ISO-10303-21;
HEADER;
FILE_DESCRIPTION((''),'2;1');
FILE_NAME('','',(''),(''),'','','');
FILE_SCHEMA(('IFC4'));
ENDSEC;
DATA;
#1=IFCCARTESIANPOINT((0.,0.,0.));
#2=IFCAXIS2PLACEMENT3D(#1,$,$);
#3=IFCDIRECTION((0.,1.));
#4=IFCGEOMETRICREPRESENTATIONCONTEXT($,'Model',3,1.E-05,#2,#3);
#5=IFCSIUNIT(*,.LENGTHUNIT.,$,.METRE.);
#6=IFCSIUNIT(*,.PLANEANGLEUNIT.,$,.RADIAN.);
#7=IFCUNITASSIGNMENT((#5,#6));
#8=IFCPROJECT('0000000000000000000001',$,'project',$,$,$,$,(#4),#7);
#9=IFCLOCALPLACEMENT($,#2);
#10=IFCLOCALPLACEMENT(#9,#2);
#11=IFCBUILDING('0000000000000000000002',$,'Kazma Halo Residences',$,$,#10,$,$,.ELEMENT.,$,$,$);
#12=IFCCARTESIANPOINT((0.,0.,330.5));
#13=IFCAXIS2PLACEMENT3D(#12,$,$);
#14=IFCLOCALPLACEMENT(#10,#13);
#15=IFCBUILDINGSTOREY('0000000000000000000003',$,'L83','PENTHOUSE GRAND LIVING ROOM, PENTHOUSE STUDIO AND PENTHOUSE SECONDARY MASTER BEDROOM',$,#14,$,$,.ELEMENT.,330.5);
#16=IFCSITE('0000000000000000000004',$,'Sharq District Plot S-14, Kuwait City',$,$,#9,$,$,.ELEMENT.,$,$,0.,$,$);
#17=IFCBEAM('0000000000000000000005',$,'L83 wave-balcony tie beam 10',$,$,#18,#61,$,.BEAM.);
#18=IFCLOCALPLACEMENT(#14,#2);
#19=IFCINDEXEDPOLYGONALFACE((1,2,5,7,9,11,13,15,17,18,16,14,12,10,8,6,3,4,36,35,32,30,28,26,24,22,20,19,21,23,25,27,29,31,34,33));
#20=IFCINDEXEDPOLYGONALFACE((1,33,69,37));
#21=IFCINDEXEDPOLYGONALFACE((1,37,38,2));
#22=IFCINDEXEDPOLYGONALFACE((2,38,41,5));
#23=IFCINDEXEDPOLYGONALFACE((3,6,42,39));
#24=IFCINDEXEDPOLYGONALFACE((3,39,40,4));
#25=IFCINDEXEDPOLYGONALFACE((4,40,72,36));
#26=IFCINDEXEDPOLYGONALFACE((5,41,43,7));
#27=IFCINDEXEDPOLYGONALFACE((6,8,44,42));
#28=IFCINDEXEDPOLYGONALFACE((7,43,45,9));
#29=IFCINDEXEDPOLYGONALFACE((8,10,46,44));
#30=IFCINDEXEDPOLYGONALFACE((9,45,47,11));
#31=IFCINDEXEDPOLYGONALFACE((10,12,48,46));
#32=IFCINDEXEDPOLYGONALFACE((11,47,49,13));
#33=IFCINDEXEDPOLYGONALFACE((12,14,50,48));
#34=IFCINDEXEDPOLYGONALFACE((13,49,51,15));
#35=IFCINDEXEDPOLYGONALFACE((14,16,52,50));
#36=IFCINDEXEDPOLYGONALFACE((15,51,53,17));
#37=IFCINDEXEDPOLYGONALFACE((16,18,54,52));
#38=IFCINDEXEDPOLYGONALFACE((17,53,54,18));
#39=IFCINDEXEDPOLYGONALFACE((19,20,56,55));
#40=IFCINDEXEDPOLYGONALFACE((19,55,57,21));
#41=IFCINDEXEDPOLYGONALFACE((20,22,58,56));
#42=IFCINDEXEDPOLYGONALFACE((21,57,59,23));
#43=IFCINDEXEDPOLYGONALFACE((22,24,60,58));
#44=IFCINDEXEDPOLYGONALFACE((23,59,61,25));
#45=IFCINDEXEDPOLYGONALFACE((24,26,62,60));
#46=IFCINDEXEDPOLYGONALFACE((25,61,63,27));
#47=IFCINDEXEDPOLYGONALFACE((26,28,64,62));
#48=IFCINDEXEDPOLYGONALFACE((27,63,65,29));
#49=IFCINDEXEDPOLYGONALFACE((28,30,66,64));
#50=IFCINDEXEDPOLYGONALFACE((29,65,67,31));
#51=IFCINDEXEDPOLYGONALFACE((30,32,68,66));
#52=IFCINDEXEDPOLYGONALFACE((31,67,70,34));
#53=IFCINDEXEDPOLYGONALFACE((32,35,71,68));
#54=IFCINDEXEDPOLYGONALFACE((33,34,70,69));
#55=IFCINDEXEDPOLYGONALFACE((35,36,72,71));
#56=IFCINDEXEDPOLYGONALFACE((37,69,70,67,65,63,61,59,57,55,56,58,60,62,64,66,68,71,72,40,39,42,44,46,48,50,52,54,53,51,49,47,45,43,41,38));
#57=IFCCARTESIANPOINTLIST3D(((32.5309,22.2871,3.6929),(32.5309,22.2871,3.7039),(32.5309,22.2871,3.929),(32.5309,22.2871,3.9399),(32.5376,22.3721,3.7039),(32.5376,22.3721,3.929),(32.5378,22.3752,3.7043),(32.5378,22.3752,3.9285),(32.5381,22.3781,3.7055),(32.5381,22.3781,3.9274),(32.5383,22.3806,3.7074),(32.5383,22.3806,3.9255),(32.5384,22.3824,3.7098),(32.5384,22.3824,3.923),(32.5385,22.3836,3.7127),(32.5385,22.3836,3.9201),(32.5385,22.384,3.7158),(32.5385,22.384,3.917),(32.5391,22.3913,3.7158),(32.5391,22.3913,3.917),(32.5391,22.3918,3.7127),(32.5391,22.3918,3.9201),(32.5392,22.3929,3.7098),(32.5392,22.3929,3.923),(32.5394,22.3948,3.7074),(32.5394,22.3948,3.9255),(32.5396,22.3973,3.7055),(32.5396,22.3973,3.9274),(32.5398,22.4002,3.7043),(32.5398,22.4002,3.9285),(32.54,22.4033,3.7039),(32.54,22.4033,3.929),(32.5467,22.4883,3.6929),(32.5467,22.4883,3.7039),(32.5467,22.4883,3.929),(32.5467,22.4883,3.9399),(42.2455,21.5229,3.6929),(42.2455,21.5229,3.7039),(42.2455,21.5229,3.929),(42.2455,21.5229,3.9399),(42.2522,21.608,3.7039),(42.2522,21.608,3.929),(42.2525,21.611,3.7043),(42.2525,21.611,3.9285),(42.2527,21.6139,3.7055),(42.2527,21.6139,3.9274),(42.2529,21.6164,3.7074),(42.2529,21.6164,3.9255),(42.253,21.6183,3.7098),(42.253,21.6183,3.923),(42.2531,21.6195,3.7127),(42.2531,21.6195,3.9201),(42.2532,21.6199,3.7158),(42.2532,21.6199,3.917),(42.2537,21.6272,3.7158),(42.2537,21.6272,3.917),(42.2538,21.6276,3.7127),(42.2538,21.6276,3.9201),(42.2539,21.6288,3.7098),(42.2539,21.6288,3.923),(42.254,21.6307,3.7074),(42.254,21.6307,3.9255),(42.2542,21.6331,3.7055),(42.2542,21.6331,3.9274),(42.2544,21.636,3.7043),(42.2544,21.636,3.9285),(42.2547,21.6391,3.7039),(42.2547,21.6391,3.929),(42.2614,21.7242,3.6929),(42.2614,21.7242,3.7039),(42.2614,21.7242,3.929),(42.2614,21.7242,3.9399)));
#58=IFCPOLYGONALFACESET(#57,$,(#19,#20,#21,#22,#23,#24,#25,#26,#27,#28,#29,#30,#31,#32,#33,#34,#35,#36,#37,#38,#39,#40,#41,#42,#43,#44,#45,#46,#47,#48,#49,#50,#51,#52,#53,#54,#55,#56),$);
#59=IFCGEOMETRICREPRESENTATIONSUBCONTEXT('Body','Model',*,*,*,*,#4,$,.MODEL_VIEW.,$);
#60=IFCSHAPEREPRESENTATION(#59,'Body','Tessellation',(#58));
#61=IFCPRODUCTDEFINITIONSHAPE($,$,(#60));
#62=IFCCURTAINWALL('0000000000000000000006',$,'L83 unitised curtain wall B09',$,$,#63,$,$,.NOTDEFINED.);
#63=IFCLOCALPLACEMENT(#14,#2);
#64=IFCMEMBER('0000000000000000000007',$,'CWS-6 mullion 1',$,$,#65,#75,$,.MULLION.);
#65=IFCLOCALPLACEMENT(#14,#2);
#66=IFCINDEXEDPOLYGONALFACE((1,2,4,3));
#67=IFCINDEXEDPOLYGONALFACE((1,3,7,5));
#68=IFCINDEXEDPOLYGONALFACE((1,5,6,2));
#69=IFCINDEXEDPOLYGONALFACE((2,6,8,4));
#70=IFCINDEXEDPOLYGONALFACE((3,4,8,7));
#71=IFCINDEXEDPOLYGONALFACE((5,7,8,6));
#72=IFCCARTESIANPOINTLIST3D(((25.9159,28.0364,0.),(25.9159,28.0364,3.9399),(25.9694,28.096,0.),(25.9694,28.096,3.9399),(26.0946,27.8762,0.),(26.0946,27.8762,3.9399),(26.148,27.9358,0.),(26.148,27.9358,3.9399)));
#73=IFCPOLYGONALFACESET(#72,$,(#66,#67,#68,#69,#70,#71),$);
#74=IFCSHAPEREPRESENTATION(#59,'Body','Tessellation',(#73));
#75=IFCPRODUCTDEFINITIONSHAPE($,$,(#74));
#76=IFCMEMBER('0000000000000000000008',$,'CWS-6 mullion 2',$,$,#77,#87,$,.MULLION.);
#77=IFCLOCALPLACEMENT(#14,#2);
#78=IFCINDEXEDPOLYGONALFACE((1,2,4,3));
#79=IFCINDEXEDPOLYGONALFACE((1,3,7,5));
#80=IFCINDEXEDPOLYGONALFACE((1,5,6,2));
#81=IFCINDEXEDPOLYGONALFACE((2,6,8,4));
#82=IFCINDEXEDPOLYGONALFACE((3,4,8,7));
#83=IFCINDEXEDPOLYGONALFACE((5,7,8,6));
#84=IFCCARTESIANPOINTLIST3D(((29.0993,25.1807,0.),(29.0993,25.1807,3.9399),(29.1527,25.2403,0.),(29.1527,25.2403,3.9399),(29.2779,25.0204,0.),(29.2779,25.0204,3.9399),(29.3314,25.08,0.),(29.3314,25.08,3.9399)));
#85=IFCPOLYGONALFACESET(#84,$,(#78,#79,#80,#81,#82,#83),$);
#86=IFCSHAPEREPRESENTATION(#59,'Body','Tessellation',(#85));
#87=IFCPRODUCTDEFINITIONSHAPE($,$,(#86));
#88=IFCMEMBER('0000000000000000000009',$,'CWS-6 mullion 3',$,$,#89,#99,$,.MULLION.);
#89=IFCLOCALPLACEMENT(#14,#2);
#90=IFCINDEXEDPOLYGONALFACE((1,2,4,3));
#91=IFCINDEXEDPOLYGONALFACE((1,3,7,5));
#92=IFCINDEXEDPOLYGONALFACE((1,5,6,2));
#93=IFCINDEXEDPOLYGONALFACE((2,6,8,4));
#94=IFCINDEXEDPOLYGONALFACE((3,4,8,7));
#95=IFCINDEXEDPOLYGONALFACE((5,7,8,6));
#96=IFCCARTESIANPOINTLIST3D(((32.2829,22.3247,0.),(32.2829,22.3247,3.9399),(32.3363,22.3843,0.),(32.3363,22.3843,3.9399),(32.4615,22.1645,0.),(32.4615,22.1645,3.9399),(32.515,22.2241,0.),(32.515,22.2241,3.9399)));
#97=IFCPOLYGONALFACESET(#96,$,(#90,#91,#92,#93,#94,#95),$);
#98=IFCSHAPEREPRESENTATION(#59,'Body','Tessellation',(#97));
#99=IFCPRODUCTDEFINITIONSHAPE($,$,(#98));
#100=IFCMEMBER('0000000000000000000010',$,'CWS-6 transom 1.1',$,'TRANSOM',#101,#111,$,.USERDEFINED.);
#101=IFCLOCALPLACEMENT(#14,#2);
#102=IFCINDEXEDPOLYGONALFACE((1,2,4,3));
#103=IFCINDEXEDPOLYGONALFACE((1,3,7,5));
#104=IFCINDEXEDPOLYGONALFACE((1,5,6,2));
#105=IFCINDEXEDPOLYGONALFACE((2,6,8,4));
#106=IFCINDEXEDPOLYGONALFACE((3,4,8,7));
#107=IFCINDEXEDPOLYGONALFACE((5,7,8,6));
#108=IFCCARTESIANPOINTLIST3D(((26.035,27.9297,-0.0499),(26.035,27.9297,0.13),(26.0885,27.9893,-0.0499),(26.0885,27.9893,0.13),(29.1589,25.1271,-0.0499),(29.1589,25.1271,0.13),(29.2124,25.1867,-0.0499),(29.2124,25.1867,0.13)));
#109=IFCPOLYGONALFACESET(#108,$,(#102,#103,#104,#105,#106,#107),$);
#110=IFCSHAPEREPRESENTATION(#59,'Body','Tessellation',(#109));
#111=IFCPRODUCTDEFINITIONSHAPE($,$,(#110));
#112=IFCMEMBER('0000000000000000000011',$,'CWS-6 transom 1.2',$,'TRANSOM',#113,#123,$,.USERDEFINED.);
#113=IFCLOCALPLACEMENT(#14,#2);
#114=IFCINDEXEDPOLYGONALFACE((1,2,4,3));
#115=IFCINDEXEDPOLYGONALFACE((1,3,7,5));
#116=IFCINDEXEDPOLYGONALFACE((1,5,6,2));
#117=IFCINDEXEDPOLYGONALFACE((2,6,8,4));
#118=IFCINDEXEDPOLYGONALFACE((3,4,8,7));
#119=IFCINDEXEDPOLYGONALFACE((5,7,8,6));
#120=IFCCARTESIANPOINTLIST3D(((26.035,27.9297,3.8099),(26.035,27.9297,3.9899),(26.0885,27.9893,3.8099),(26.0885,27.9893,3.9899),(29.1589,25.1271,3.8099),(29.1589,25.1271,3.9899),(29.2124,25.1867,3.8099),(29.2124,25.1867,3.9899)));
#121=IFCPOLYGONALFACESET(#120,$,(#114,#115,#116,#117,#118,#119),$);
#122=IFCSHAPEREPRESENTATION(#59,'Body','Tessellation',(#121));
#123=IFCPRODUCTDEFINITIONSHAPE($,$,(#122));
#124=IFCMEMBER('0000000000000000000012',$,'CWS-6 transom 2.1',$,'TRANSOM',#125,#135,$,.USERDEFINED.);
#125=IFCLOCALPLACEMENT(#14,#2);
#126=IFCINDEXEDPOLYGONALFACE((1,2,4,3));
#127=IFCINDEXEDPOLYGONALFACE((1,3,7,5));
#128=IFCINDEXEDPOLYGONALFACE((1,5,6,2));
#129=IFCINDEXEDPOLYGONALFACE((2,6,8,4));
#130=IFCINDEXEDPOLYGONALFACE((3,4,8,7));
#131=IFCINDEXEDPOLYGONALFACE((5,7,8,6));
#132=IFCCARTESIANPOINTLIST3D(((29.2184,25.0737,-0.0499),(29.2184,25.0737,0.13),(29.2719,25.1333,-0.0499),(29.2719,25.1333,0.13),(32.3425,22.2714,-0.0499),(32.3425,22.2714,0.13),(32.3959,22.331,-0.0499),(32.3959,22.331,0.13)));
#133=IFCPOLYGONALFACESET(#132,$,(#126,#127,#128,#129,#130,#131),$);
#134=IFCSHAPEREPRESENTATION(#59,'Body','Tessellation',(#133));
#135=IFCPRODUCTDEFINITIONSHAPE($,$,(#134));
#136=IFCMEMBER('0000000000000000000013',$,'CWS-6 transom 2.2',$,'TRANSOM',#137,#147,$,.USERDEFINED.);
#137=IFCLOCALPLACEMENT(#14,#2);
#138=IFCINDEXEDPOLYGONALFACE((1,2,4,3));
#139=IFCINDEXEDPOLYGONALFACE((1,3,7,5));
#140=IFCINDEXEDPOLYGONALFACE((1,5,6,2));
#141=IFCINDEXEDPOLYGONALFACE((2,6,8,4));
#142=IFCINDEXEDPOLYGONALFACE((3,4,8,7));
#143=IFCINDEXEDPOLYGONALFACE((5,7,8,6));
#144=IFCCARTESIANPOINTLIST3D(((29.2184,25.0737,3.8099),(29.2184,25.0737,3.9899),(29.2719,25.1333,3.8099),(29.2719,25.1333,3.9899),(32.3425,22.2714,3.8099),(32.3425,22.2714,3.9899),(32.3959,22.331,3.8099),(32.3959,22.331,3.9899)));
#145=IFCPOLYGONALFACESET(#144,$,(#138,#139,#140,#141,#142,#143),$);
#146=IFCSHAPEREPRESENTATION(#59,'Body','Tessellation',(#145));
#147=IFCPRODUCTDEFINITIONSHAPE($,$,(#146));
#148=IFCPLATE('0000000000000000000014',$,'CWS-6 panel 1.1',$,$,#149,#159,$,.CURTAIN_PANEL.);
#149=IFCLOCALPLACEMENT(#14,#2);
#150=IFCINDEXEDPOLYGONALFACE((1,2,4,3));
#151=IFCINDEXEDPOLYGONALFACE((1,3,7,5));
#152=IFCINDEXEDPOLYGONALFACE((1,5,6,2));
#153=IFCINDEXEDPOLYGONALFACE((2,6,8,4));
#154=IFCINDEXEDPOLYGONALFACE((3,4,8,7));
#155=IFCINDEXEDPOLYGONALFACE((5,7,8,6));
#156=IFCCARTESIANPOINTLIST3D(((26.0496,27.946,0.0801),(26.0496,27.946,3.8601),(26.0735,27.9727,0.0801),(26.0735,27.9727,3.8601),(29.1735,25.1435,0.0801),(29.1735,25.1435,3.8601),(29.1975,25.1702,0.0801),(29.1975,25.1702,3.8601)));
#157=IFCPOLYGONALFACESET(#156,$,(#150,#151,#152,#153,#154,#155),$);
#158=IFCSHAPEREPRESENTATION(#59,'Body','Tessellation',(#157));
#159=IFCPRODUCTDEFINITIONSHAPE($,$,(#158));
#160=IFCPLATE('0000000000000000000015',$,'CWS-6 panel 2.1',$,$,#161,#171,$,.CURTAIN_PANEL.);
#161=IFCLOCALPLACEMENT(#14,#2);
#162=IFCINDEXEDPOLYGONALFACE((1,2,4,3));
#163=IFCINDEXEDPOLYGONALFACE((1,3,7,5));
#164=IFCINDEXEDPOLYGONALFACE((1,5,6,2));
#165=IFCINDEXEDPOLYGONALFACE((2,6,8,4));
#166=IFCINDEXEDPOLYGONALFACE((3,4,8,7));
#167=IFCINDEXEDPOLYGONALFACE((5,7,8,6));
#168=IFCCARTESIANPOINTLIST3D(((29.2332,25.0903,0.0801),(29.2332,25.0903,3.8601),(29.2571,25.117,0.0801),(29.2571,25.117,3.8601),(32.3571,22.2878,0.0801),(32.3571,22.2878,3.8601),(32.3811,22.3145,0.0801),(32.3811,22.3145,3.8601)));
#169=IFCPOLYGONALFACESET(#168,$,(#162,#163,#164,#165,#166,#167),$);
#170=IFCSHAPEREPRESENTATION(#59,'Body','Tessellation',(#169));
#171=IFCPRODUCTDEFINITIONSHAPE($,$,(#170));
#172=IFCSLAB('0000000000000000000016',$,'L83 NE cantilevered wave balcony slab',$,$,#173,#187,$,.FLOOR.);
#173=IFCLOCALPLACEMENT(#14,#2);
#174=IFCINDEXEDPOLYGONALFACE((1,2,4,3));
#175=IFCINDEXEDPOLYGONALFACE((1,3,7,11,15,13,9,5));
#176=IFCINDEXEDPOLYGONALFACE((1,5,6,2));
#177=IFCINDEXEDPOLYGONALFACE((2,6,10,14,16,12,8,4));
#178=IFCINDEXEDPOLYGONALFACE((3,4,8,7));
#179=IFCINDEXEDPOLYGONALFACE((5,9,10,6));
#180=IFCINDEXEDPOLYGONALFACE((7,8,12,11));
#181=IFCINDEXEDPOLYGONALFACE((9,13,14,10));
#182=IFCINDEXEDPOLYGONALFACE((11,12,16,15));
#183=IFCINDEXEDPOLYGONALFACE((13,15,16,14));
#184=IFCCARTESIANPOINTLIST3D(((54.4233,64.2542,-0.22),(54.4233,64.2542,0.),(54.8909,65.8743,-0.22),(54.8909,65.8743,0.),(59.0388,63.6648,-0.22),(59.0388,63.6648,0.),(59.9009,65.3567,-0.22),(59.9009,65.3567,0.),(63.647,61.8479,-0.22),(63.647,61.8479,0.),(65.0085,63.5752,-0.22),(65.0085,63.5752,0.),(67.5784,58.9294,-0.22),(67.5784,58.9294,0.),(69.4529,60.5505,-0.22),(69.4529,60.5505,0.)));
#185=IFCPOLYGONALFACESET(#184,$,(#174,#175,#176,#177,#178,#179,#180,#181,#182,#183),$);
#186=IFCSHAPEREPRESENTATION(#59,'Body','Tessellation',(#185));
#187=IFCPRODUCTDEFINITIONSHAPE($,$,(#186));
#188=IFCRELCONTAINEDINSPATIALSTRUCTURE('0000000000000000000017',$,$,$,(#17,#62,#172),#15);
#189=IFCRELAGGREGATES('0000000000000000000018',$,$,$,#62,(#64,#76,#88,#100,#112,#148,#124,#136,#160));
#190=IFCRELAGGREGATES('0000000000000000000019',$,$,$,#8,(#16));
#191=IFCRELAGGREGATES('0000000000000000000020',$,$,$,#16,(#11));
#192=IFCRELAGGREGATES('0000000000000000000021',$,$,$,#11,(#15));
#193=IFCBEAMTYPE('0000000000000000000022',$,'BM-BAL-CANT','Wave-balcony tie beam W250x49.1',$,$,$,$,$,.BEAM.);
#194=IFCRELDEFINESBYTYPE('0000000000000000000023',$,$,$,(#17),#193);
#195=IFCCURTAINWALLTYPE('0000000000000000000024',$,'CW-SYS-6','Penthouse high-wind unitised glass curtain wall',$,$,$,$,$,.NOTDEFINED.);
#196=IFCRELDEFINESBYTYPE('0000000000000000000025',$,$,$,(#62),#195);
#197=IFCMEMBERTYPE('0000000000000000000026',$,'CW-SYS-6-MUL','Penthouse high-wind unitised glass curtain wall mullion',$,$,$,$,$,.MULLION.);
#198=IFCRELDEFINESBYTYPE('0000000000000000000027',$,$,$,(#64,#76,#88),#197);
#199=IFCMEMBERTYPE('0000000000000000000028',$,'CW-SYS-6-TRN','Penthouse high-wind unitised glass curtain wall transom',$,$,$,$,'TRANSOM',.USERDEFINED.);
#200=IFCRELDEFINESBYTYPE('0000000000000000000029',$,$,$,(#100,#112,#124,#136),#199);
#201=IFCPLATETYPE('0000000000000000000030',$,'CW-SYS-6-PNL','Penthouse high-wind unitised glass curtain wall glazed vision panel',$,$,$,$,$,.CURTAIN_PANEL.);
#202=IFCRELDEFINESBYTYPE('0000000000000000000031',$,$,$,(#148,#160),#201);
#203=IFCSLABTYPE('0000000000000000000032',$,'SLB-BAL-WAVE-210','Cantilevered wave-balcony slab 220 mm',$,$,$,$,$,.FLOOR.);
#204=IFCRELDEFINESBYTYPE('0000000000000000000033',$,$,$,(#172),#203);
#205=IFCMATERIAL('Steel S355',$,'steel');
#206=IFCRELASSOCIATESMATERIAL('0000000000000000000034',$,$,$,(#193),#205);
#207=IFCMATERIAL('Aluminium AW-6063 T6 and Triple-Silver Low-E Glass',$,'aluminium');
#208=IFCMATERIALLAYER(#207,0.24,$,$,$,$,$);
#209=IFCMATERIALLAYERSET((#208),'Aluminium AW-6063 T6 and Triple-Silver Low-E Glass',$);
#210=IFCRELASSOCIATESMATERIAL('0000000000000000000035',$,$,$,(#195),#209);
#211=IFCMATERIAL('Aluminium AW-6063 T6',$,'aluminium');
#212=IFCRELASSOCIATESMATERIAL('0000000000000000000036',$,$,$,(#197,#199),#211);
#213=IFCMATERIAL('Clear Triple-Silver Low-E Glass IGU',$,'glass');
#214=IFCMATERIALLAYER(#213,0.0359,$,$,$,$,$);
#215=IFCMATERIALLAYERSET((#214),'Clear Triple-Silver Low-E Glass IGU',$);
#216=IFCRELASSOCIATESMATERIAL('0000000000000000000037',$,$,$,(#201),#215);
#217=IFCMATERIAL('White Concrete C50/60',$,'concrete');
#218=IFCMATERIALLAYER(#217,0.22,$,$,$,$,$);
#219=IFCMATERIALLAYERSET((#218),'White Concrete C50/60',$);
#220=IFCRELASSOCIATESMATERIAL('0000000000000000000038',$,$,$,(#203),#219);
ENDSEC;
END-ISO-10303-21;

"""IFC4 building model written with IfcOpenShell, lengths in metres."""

from ifc_helpers import new_model, si_unit, direction, frame, origin, origin_2d, place, context, subcontext, project, spatial, polyline, rectangle, i_section, outline, extrude, material, layer, layer_set, material_profile, profile_set, type_object, element, aggregate, save


model = new_model("IFC4")

# Units and contexts
model_context = context("Model", 3, precision=1e-05, world=origin(), true_north=direction((0.0, 1.0)))
body_context = subcontext(model_context, "Body", "Model", "MODEL_VIEW")
ifc_project = project(units=[si_unit("LENGTHUNIT", "METRE"), si_unit("PLANEANGLEUNIT", "RADIAN")], contexts=[model_context])

# Site, building, storey
site_placement = place(None, origin())
site = spatial("IfcSite", under=ifc_project, at=site_placement, Name="Sharq District Plot S-14, Kuwait City", CompositionType="ELEMENT", RefElevation=0.0)
building_placement = place(site_placement, origin())
building = spatial("IfcBuilding", under=site, at=building_placement, Name="Kazma Halo Residences", CompositionType="ELEMENT")
storey_placement = place(building_placement, frame((0.0, 0.0, 330.5)))
storey = spatial("IfcBuildingStorey", under=building, at=storey_placement, Name="L83", Description="PENTHOUSE GRAND LIVING ROOM, PENTHOUSE STUDIO AND PENTHOUSE SECONDARY MASTER BEDROOM", CompositionType="ELEMENT", Elevation=330.5)

# Beam
ifc_material_1 = material(Name="Steel S355", Category="steel")
ifc_material_profile_1 = material_profile(ifc_material_1, i_section(OverallWidth=0.2019, OverallDepth=0.2471, WebThickness=0.0073, FlangeThickness=0.011, FilletRadius=0.012, at=origin_2d()), Name="W250x49.1")
ifc_profile_set_1 = profile_set([ifc_material_profile_1], Name="Steel S355")
beam_type = type_object("IfcBeamType", Name="BM-BAL-CANT", Description="Wave-balcony tie beam W250x49.1", PredefinedType="BEAM", material=ifc_profile_set_1)
beam_placement = place(storey_placement, frame((32.5388, 22.3877, 3.8164), z_axis=(0.996921, -0.078419, 0.0), x_axis=(0.078419, 0.996921, 0.0)))
element("IfcBeam", 1, at=beam_placement, inside=storey, type_object=beam_type, Name="L83 wave-balcony tie beam 10", PredefinedType="BEAM", context=body_context, shape_type="SweptSolid", body=[
    extrude(i_section(OverallWidth=0.2019, OverallDepth=0.2471, WebThickness=0.0073, FlangeThickness=0.011, FilletRadius=0.012, at=origin_2d()), origin(), (0.0, 0.0, 1.0), 9.7446),
])

# Curtain wall, members, plates
ifc_material_2 = material(Name="Aluminium AW-6063 T6 and Triple-Silver Low-E Glass", Category="aluminium")
ifc_layer_1 = layer(ifc_material_2, 0.24)
ifc_layer_set_1 = layer_set([ifc_layer_1], Name="Aluminium AW-6063 T6 and Triple-Silver Low-E Glass")
curtain_wall_type = type_object("IfcCurtainWallType", Name="CW-SYS-6", Description="Penthouse high-wind unitised glass curtain wall", PredefinedType="NOTDEFINED", material=ifc_layer_set_1)
curtain_wall_placement = place(storey_placement, origin())
curtain_wall = element("IfcCurtainWall", 2, at=curtain_wall_placement, inside=storey, type_object=curtain_wall_type, Name="L83 unitised curtain wall B09", PredefinedType="NOTDEFINED")
ifc_material_3 = material(Name="Aluminium AW-6063 T6", Category="aluminium")
ifc_material_profile_2 = material_profile(ifc_material_3, rectangle(XDim=0.0801, YDim=0.24, at=origin_2d()), Name="CWM-80x240")
ifc_profile_set_2 = profile_set([ifc_material_profile_2], Name="Aluminium AW-6063 T6")
member_type_1 = type_object("IfcMemberType", Name="CW-SYS-6-MUL", Description="Penthouse high-wind unitised glass curtain wall mullion", PredefinedType="MULLION", material=ifc_profile_set_2)
member_1_placement = place(storey_placement, frame((26.032, 27.9861, 0.0), z_axis=(0.0, 0.0, 1.0), x_axis=(0.667758, 0.744379, 0.0)))
member_1 = element("IfcMember", 3, at=member_1_placement, type_object=member_type_1, Name="CWS-6 mullion 1", PredefinedType="MULLION", context=body_context, shape_type="SweptSolid", body=[
    extrude(rectangle(XDim=0.0801, YDim=0.24, at=origin_2d()), origin(), (0.0, 0.0, 1.0), 3.9399),
])
member_2_placement = place(storey_placement, frame((29.2153, 25.1304, 0.0), z_axis=(0.0, 0.0, 1.0), x_axis=(0.667758, 0.744379, 0.0)))
member_2 = element("IfcMember", 4, at=member_2_placement, type_object=member_type_1, Name="CWS-6 mullion 2", PredefinedType="MULLION", context=body_context, shape_type="SweptSolid", body=[
    extrude(rectangle(XDim=0.0801, YDim=0.24, at=origin_2d()), origin(), (0.0, 0.0, 1.0), 3.9399),
])
member_3_placement = place(storey_placement, frame((32.3989, 22.2744, 0.0), z_axis=(0.0, 0.0, 1.0), x_axis=(0.667758, 0.744379, 0.0)))
member_3 = element("IfcMember", 5, at=member_3_placement, type_object=member_type_1, Name="CWS-6 mullion 3", PredefinedType="MULLION", context=body_context, shape_type="SweptSolid", body=[
    extrude(rectangle(XDim=0.0801, YDim=0.24, at=origin_2d()), origin(), (0.0, 0.0, 1.0), 3.9399),
])
ifc_material_profile_3 = material_profile(ifc_material_3, rectangle(XDim=0.0801, YDim=0.1799, at=origin_2d()), Name="CWT-80x180")
ifc_profile_set_3 = profile_set([ifc_material_profile_3], Name="Aluminium AW-6063 T6")
member_type_2 = type_object("IfcMemberType", Name="CW-SYS-6-TRN", Description="Penthouse high-wind unitised glass curtain wall transom", ElementType="TRANSOM", PredefinedType="USERDEFINED", material=ifc_profile_set_3)
member_4_placement = place(storey_placement, frame((26.0618, 27.9595, 0.04), z_axis=(0.744349, -0.667791, 0.0), x_axis=(0.667791, 0.744349, 0.0)))
member_4 = element("IfcMember", 6, at=member_4_placement, type_object=member_type_2, Name="CWS-6 transom 1.1", ObjectType="TRANSOM", PredefinedType="USERDEFINED", context=body_context, shape_type="SweptSolid", body=[
    extrude(rectangle(XDim=0.0801, YDim=0.1799, at=origin_2d()), origin(), (0.0, 0.0, 1.0), 4.1968),
])
member_5_placement = place(storey_placement, frame((26.0618, 27.9595, 3.8999), z_axis=(0.744349, -0.667791, 0.0), x_axis=(0.667791, 0.744349, 0.0)))
member_5 = element("IfcMember", 7, at=member_5_placement, type_object=member_type_2, Name="CWS-6 transom 1.2", ObjectType="TRANSOM", PredefinedType="USERDEFINED", context=body_context, shape_type="SweptSolid", body=[
    extrude(rectangle(XDim=0.0801, YDim=0.1799, at=origin_2d()), origin(), (0.0, 0.0, 1.0), 4.1968),
])
member_6_placement = place(storey_placement, frame((29.2451, 25.1035, 0.04), z_axis=(0.744404, -0.66773, 0.0), x_axis=(0.66773, 0.744404, 0.0)))
member_6 = element("IfcMember", 8, at=member_6_placement, type_object=member_type_2, Name="CWS-6 transom 2.1", ObjectType="TRANSOM", PredefinedType="USERDEFINED", context=body_context, shape_type="SweptSolid", body=[
    extrude(rectangle(XDim=0.0801, YDim=0.1799, at=origin_2d()), origin(), (0.0, 0.0, 1.0), 4.1968),
])
member_7_placement = place(storey_placement, frame((29.2451, 25.1035, 3.8999), z_axis=(0.744404, -0.66773, 0.0), x_axis=(0.66773, 0.744404, 0.0)))
member_7 = element("IfcMember", 9, at=member_7_placement, type_object=member_type_2, Name="CWS-6 transom 2.2", ObjectType="TRANSOM", PredefinedType="USERDEFINED", context=body_context, shape_type="SweptSolid", body=[
    extrude(rectangle(XDim=0.0801, YDim=0.1799, at=origin_2d()), origin(), (0.0, 0.0, 1.0), 4.1968),
])
ifc_material_4 = material(Name="Clear Triple-Silver Low-E Glass IGU", Category="glass")
ifc_layer_2 = layer(ifc_material_4, 0.0359)
ifc_layer_set_2 = layer_set([ifc_layer_2], Name="Clear Triple-Silver Low-E Glass IGU")
plate_type = type_object("IfcPlateType", Name="CW-SYS-6-PNL", Description="Penthouse high-wind unitised glass curtain wall glazed vision panel", PredefinedType="CURTAIN_PANEL", material=ifc_layer_set_2)
plate_1_placement = place(storey_placement, frame((27.6235, 26.5581, 0.0801), z_axis=(0.0, 0.0, 1.0), x_axis=(0.744379, -0.667758, 0.0)))
plate_1 = element("IfcPlate", 10, at=plate_1_placement, type_object=plate_type, Name="CWS-6 panel 1.1", PredefinedType="CURTAIN_PANEL", context=body_context, shape_type="SweptSolid", body=[
    extrude(rectangle(XDim=4.1968, YDim=0.0359, at=origin_2d()), origin(), (0.0, 0.0, 1.0), 3.78),
])
plate_2_placement = place(storey_placement, frame((30.8071, 23.7024, 0.0801), z_axis=(0.0, 0.0, 1.0), x_axis=(0.744379, -0.667758, 0.0)))
plate_2 = element("IfcPlate", 11, at=plate_2_placement, type_object=plate_type, Name="CWS-6 panel 2.1", PredefinedType="CURTAIN_PANEL", context=body_context, shape_type="SweptSolid", body=[
    extrude(rectangle(XDim=4.1968, YDim=0.0359, at=origin_2d()), origin(), (0.0, 0.0, 1.0), 3.78),
])
aggregate(curtain_wall, [member_1, member_2, member_3, member_4, member_5, plate_1, member_6, member_7, plate_2])

# Slab
ifc_material_5 = material(Name="White Concrete C50/60", Category="concrete")
ifc_layer_3 = layer(ifc_material_5, 0.22)
ifc_layer_set_3 = layer_set([ifc_layer_3], Name="White Concrete C50/60")
slab_type_1 = type_object("IfcSlabType", Name="SLB-BAL-WAVE-210", Description="Cantilevered wave-balcony slab 220 mm", PredefinedType="FLOOR", material=ifc_layer_set_3)
slab_1_placement = place(storey_placement, frame((0.0, 0.0, -0.22)))
element("IfcSlab", 12, at=slab_1_placement, inside=storey, type_object=slab_type_1, Name="L83 NE cantilevered wave balcony slab", PredefinedType="FLOOR", context=body_context, shape_type="SweptSolid", body=[
    extrude(outline(polyline([(67.5784, 58.9294), (63.647, 61.8479), (59.0388, 63.6648), (54.4233, 64.2542), (54.8909, 65.8743), (59.9009, 65.3567), (65.0085, 63.5752), (69.4529, 60.5505), (67.5784, 58.9294)])), origin(), (0.0, 0.0, 1.0), 0.22),
])

save(model, "model.ifc")
